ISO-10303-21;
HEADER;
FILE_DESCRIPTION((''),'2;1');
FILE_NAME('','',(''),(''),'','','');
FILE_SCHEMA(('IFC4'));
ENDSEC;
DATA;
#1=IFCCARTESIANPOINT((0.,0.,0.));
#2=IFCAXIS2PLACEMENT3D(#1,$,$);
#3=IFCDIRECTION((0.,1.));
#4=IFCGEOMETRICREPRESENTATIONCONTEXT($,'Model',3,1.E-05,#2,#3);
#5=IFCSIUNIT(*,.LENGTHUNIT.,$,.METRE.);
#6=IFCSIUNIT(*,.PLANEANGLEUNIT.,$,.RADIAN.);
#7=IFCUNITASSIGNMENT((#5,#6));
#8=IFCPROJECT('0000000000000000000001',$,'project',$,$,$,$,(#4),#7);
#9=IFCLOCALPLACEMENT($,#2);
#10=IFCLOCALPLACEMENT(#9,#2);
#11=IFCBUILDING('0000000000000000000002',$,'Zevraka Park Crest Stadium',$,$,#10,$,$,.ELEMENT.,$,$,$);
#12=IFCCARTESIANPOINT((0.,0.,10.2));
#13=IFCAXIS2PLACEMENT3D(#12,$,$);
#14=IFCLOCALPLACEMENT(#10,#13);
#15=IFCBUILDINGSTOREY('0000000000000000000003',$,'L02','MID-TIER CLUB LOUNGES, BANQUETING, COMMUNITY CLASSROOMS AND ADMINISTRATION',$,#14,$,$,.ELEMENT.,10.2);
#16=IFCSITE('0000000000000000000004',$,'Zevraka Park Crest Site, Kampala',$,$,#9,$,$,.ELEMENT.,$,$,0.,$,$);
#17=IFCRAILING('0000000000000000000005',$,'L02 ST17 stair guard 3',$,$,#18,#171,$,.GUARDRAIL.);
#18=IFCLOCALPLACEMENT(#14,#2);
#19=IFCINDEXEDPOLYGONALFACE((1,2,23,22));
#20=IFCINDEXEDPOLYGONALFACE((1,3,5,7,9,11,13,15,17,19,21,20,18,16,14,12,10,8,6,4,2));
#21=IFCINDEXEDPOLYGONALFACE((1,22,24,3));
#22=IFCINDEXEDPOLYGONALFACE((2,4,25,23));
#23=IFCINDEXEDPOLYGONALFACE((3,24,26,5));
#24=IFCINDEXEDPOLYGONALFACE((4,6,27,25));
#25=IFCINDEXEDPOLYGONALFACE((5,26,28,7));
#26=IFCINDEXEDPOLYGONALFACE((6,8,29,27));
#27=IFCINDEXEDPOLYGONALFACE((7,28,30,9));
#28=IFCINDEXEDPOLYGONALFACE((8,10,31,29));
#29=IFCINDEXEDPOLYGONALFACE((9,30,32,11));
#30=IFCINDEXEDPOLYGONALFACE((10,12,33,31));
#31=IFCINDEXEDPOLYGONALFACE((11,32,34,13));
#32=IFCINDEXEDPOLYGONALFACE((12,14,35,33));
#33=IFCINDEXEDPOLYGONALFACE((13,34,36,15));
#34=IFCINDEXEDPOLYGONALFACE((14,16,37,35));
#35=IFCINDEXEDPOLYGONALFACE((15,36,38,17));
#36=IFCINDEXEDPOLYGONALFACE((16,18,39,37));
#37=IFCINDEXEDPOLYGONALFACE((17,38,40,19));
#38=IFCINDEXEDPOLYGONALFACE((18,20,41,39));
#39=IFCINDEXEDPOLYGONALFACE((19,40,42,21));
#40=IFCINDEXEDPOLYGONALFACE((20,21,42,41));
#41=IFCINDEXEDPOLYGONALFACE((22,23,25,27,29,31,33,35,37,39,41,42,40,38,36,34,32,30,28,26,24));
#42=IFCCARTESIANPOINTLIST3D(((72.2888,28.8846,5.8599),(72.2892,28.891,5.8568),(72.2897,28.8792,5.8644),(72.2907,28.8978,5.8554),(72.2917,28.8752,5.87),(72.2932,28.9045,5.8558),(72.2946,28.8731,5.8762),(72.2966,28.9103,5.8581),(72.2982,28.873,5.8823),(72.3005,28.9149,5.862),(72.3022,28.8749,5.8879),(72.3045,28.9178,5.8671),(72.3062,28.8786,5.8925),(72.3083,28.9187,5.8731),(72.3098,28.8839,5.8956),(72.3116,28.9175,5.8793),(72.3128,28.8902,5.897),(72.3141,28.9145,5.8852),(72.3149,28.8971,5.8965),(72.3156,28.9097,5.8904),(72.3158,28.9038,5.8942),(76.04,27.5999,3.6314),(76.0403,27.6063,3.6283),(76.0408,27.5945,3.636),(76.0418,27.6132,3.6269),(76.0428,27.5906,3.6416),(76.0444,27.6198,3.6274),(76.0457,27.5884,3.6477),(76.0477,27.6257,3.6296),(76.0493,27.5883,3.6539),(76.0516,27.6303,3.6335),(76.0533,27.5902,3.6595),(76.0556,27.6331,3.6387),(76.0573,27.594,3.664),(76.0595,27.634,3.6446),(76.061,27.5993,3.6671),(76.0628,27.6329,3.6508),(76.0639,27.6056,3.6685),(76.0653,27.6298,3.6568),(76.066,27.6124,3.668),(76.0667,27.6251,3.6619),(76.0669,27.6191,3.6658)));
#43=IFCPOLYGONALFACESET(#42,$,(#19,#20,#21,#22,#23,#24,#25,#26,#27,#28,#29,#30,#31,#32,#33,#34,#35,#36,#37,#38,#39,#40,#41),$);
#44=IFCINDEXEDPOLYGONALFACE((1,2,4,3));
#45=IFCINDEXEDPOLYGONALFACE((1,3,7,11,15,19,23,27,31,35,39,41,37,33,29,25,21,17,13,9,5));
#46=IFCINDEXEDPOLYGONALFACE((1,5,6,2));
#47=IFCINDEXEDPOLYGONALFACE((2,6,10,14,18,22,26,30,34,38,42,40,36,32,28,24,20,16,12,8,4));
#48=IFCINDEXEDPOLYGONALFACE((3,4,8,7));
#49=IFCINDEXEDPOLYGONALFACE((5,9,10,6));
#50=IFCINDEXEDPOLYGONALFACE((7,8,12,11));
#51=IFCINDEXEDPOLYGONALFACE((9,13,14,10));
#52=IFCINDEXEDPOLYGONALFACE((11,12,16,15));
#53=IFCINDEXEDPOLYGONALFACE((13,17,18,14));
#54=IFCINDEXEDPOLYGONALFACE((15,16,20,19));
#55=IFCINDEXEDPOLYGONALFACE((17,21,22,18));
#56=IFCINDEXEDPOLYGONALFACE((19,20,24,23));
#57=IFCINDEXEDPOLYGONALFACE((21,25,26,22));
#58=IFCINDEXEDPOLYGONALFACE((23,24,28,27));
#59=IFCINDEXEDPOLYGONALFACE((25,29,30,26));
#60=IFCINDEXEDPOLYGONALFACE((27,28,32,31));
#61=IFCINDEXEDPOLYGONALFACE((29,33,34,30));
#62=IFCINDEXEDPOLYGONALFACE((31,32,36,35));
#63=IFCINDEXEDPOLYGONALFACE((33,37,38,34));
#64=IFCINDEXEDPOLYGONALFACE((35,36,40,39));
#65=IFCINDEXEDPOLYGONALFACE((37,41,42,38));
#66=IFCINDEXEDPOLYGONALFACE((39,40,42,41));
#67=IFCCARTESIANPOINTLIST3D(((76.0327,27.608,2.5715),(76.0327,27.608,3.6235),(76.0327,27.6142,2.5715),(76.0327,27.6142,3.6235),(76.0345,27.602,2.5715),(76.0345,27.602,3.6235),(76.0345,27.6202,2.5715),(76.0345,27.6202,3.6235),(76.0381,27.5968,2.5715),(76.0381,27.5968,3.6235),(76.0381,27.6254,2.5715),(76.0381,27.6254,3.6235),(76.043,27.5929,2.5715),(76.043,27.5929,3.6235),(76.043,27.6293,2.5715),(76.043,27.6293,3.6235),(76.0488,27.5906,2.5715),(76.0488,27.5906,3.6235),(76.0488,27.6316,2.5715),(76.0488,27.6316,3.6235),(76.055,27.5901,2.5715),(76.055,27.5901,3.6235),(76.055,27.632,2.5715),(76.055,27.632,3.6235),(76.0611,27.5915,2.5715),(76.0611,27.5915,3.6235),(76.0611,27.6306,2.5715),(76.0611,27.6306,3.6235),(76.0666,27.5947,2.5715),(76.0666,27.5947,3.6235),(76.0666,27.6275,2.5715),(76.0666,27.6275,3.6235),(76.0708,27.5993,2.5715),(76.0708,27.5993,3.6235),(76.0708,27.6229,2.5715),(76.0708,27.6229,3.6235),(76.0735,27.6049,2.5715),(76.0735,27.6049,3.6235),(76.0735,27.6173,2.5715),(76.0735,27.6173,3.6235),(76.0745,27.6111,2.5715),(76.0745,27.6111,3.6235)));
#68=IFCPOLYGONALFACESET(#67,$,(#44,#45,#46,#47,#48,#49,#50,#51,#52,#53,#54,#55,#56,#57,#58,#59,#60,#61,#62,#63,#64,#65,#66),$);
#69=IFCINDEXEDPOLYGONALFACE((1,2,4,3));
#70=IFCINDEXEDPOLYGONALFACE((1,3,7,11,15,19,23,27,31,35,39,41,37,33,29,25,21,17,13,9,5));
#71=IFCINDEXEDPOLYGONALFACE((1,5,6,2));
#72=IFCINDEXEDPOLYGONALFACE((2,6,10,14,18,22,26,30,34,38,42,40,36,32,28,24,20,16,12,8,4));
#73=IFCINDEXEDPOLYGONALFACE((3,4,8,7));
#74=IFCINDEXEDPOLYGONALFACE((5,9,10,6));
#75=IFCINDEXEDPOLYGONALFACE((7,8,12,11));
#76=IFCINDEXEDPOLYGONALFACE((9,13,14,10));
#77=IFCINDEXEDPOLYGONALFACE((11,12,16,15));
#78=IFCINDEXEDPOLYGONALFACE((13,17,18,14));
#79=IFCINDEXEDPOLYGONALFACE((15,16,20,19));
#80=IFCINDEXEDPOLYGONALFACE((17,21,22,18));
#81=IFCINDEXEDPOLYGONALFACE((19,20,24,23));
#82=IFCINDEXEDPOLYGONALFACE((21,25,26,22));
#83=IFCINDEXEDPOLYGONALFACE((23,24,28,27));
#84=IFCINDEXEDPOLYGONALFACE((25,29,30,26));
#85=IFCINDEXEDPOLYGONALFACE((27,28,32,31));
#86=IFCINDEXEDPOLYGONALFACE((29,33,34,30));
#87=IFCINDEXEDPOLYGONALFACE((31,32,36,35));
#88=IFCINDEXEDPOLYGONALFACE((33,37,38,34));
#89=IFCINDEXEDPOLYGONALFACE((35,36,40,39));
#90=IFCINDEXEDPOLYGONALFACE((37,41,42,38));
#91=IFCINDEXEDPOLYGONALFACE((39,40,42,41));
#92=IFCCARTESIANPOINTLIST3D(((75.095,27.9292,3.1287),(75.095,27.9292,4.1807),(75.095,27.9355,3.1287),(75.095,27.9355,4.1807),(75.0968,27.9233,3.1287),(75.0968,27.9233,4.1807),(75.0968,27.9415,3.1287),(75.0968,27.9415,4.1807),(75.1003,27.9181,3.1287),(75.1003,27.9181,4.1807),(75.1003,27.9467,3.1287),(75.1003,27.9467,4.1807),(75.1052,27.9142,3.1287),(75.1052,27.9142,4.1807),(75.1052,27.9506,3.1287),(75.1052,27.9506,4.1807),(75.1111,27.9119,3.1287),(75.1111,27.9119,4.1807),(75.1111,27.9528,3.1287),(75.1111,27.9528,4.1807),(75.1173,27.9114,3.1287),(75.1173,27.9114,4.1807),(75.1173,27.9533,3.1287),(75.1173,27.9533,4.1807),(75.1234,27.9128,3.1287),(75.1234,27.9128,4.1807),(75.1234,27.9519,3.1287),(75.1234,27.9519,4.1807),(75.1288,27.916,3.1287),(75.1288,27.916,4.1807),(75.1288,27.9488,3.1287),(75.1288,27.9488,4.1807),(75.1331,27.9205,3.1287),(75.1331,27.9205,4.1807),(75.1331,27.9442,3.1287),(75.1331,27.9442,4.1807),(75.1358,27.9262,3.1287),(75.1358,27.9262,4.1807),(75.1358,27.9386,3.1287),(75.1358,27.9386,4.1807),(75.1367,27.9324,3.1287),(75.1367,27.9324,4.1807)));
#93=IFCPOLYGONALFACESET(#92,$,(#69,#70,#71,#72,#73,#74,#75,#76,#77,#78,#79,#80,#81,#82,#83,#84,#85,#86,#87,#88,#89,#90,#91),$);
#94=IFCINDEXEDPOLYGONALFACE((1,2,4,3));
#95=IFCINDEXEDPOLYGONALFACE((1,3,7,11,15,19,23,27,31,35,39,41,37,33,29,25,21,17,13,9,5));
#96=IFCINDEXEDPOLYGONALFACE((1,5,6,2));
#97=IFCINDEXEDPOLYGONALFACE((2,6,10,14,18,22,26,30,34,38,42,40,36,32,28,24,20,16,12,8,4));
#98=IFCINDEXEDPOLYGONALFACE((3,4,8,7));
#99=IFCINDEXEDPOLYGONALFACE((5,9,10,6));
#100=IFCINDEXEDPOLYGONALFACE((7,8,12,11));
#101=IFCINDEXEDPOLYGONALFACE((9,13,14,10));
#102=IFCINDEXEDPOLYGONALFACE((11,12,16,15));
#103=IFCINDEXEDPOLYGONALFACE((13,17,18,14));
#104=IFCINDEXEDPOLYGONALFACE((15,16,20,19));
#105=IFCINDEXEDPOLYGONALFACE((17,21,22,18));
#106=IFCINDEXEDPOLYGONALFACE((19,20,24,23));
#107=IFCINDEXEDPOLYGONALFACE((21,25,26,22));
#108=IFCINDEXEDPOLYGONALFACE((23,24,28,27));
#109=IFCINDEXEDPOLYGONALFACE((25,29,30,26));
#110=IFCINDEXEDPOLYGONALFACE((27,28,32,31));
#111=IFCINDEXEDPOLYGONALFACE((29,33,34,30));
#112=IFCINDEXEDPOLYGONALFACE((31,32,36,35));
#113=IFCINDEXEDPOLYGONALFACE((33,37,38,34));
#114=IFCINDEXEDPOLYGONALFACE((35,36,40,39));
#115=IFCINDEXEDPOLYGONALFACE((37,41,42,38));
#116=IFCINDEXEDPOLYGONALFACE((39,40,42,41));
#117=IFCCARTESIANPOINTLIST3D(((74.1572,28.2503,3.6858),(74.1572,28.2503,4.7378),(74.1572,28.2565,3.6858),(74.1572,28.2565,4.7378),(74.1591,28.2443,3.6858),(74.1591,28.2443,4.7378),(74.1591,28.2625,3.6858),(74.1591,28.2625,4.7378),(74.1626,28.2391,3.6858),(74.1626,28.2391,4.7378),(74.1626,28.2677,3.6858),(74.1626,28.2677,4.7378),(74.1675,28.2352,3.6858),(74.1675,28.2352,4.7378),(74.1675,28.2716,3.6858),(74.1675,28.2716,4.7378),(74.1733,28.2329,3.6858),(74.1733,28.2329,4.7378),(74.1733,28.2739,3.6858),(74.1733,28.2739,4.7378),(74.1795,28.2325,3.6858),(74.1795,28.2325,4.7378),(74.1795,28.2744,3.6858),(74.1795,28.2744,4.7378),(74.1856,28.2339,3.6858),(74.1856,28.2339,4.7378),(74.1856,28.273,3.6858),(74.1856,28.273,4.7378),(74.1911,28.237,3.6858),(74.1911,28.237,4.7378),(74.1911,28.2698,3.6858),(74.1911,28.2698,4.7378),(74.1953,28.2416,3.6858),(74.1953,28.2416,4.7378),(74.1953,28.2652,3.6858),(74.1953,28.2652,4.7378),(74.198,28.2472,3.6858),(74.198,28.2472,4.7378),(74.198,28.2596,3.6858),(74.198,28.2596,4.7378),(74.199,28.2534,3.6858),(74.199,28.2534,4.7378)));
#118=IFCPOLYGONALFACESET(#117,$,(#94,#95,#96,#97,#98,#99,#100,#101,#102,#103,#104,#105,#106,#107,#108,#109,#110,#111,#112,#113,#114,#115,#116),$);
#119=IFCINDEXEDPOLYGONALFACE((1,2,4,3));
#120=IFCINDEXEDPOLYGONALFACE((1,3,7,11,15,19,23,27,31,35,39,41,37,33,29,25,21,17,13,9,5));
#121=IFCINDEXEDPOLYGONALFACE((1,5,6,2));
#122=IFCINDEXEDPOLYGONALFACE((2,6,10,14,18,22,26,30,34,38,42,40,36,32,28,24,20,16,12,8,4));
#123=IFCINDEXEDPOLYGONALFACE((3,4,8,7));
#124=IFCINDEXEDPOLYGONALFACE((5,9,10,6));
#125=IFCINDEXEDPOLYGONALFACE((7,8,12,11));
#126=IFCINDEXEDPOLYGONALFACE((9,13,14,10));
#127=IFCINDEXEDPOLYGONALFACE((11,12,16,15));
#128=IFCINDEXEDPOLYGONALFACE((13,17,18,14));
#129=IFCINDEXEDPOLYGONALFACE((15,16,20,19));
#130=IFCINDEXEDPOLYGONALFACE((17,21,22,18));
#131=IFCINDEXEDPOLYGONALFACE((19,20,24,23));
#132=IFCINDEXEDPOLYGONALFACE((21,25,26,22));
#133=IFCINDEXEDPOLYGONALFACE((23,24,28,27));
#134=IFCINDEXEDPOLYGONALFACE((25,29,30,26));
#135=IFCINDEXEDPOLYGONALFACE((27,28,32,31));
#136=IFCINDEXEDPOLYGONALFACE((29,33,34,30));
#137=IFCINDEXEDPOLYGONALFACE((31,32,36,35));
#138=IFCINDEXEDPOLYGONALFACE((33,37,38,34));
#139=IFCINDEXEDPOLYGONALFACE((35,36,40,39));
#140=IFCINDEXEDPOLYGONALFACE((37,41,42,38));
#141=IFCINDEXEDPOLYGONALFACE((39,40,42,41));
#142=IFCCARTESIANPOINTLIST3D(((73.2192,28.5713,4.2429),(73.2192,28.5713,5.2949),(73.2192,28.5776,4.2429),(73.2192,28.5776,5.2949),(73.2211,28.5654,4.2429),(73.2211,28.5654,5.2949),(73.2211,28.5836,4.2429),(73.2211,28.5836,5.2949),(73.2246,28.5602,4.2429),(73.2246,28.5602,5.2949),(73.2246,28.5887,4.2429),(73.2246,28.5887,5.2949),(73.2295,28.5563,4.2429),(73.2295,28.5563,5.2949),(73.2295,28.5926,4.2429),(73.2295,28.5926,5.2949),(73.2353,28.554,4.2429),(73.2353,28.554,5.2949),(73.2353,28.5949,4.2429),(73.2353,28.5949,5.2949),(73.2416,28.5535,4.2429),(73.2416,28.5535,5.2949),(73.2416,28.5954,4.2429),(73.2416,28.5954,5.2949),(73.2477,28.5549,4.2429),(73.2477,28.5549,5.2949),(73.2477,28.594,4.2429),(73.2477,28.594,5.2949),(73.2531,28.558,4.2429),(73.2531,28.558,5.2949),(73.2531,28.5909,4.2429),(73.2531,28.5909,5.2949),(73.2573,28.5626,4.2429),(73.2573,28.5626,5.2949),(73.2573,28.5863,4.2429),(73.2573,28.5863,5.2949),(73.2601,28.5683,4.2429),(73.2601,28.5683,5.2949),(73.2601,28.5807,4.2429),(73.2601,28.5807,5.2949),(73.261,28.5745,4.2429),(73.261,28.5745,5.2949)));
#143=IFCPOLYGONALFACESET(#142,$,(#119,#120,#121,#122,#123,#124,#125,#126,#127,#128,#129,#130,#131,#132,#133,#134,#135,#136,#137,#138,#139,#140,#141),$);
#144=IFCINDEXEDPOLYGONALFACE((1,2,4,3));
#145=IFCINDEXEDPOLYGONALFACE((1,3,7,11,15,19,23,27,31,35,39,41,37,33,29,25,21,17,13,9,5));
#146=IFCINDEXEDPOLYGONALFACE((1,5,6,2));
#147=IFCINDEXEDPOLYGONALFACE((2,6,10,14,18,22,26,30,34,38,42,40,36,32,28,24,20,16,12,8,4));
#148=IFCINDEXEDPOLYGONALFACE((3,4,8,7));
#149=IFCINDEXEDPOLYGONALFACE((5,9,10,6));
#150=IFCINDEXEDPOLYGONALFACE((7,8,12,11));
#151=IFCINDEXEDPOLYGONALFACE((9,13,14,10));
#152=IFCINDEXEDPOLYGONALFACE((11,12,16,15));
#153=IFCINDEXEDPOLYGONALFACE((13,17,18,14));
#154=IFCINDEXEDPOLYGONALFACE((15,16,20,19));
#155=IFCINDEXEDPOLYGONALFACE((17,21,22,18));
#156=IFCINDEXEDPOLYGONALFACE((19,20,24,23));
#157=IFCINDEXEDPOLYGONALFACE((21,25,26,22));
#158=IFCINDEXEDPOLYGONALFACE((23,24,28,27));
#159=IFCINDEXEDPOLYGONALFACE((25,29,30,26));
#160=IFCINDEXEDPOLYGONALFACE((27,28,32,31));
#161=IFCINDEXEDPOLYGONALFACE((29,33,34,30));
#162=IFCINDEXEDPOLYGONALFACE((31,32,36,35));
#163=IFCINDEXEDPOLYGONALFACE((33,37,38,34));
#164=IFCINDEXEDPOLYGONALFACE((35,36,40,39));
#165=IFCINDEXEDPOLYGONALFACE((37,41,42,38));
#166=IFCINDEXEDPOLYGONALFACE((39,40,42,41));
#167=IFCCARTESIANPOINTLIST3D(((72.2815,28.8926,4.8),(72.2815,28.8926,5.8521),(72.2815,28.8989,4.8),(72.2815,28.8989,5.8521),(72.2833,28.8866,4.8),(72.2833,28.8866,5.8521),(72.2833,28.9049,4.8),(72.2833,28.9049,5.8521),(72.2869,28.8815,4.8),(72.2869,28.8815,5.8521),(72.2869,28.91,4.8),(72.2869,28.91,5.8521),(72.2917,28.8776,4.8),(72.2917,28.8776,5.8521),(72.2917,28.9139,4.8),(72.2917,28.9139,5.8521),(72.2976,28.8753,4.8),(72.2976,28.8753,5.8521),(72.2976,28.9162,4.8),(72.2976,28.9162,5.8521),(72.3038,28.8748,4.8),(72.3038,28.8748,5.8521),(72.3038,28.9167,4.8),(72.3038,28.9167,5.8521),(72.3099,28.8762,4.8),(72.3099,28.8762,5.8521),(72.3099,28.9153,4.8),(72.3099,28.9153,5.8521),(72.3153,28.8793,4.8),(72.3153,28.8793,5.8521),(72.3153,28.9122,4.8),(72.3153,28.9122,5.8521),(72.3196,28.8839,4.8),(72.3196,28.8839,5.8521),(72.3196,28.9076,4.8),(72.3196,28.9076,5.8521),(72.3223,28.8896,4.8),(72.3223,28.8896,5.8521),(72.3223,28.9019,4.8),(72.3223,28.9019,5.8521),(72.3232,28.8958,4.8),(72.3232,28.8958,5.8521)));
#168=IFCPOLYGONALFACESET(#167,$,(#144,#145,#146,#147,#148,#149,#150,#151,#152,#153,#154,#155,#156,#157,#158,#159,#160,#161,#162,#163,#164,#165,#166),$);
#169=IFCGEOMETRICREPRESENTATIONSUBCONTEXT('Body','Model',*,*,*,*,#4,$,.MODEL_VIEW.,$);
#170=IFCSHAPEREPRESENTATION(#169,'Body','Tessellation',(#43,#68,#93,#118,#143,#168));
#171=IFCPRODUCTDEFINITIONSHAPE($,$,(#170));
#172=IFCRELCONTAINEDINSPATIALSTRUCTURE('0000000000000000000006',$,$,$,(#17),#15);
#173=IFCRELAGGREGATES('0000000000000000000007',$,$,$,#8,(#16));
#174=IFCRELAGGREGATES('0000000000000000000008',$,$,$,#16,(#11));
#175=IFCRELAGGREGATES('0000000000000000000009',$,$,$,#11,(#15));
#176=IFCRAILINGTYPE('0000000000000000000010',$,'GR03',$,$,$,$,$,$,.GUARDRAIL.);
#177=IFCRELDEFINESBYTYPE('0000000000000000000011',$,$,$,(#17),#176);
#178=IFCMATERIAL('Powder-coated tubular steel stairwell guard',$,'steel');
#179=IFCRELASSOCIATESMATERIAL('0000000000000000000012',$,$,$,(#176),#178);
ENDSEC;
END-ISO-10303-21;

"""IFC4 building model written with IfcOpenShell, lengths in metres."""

from ifc_helpers import new_model, si_unit, direction, frame, origin, origin_2d, place, context, subcontext, project, spatial, circle, extrude, material, type_object, element, save


model = new_model("IFC4")

# Units and contexts
model_context = context("Model", 3, precision=1e-05, world=origin(), true_north=direction((0.0, 1.0)))
body_context = subcontext(model_context, "Body", "Model", "MODEL_VIEW")
ifc_project = project(units=[si_unit("LENGTHUNIT", "METRE"), si_unit("PLANEANGLEUNIT", "RADIAN")], contexts=[model_context])

# Site, building, storey
site_placement = place(None, origin())
site = spatial("IfcSite", under=ifc_project, at=site_placement, Name="Zevraka Park Crest Site, Kampala", CompositionType="ELEMENT", RefElevation=0.0)
building_placement = place(site_placement, origin())
building = spatial("IfcBuilding", under=site, at=building_placement, Name="Zevraka Park Crest Stadium", CompositionType="ELEMENT")
storey_placement = place(building_placement, frame((0.0, 0.0, 10.2)))
storey = spatial("IfcBuildingStorey", under=building, at=storey_placement, Name="L02", Description="MID-TIER CLUB LOUNGES, BANQUETING, COMMUNITY CLASSROOMS AND ADMINISTRATION", CompositionType="ELEMENT", Elevation=10.2)

# Railing
ifc_material_1 = material(Name="Powder-coated tubular steel stairwell guard", Category="steel")
railing_type_1 = type_object("IfcRailingType", Name="GR03", PredefinedType="GUARDRAIL", material=ifc_material_1)
railing_1_placement = place(storey_placement, frame((76.0535, 27.6111, 2.5715)))
element("IfcRailing", 1, at=railing_1_placement, inside=storey, type_object=railing_type_1, Name="L02 ST17 stair guard 3", PredefinedType="GUARDRAIL", context=body_context, shape_type="SweptSolid", body=[
    extrude(circle(Radius=0.0239, at=origin_2d()), frame((0.0, 0.0, 1.0762), z_axis=(-0.824727, 0.282441, 0.489952), x_axis=(-0.323994, -0.946059, 0.0)), (0.0, 0.0, 1.0), 4.5483),
    extrude(circle(Radius=0.021, at=origin_2d()), origin(), (0.0, 0.0, 1.0), 1.052),
    extrude(circle(Radius=0.021, at=origin_2d()), frame((-0.9377, 0.3213, 0.5571)), (0.0, 0.0, 1.0), 1.052),
    extrude(circle(Radius=0.021, at=origin_2d()), frame((-1.8755, 0.6423, 1.1143)), (0.0, 0.0, 1.0), 1.052),
    extrude(circle(Radius=0.021, at=origin_2d()), frame((-2.8135, 0.9634, 1.6714)), (0.0, 0.0, 1.0), 1.052),
    extrude(circle(Radius=0.021, at=origin_2d()), frame((-3.7512, 1.2847, 2.2285)), (0.0, 0.0, 1.0), 1.052),
])

save(model, "model.ifc")
